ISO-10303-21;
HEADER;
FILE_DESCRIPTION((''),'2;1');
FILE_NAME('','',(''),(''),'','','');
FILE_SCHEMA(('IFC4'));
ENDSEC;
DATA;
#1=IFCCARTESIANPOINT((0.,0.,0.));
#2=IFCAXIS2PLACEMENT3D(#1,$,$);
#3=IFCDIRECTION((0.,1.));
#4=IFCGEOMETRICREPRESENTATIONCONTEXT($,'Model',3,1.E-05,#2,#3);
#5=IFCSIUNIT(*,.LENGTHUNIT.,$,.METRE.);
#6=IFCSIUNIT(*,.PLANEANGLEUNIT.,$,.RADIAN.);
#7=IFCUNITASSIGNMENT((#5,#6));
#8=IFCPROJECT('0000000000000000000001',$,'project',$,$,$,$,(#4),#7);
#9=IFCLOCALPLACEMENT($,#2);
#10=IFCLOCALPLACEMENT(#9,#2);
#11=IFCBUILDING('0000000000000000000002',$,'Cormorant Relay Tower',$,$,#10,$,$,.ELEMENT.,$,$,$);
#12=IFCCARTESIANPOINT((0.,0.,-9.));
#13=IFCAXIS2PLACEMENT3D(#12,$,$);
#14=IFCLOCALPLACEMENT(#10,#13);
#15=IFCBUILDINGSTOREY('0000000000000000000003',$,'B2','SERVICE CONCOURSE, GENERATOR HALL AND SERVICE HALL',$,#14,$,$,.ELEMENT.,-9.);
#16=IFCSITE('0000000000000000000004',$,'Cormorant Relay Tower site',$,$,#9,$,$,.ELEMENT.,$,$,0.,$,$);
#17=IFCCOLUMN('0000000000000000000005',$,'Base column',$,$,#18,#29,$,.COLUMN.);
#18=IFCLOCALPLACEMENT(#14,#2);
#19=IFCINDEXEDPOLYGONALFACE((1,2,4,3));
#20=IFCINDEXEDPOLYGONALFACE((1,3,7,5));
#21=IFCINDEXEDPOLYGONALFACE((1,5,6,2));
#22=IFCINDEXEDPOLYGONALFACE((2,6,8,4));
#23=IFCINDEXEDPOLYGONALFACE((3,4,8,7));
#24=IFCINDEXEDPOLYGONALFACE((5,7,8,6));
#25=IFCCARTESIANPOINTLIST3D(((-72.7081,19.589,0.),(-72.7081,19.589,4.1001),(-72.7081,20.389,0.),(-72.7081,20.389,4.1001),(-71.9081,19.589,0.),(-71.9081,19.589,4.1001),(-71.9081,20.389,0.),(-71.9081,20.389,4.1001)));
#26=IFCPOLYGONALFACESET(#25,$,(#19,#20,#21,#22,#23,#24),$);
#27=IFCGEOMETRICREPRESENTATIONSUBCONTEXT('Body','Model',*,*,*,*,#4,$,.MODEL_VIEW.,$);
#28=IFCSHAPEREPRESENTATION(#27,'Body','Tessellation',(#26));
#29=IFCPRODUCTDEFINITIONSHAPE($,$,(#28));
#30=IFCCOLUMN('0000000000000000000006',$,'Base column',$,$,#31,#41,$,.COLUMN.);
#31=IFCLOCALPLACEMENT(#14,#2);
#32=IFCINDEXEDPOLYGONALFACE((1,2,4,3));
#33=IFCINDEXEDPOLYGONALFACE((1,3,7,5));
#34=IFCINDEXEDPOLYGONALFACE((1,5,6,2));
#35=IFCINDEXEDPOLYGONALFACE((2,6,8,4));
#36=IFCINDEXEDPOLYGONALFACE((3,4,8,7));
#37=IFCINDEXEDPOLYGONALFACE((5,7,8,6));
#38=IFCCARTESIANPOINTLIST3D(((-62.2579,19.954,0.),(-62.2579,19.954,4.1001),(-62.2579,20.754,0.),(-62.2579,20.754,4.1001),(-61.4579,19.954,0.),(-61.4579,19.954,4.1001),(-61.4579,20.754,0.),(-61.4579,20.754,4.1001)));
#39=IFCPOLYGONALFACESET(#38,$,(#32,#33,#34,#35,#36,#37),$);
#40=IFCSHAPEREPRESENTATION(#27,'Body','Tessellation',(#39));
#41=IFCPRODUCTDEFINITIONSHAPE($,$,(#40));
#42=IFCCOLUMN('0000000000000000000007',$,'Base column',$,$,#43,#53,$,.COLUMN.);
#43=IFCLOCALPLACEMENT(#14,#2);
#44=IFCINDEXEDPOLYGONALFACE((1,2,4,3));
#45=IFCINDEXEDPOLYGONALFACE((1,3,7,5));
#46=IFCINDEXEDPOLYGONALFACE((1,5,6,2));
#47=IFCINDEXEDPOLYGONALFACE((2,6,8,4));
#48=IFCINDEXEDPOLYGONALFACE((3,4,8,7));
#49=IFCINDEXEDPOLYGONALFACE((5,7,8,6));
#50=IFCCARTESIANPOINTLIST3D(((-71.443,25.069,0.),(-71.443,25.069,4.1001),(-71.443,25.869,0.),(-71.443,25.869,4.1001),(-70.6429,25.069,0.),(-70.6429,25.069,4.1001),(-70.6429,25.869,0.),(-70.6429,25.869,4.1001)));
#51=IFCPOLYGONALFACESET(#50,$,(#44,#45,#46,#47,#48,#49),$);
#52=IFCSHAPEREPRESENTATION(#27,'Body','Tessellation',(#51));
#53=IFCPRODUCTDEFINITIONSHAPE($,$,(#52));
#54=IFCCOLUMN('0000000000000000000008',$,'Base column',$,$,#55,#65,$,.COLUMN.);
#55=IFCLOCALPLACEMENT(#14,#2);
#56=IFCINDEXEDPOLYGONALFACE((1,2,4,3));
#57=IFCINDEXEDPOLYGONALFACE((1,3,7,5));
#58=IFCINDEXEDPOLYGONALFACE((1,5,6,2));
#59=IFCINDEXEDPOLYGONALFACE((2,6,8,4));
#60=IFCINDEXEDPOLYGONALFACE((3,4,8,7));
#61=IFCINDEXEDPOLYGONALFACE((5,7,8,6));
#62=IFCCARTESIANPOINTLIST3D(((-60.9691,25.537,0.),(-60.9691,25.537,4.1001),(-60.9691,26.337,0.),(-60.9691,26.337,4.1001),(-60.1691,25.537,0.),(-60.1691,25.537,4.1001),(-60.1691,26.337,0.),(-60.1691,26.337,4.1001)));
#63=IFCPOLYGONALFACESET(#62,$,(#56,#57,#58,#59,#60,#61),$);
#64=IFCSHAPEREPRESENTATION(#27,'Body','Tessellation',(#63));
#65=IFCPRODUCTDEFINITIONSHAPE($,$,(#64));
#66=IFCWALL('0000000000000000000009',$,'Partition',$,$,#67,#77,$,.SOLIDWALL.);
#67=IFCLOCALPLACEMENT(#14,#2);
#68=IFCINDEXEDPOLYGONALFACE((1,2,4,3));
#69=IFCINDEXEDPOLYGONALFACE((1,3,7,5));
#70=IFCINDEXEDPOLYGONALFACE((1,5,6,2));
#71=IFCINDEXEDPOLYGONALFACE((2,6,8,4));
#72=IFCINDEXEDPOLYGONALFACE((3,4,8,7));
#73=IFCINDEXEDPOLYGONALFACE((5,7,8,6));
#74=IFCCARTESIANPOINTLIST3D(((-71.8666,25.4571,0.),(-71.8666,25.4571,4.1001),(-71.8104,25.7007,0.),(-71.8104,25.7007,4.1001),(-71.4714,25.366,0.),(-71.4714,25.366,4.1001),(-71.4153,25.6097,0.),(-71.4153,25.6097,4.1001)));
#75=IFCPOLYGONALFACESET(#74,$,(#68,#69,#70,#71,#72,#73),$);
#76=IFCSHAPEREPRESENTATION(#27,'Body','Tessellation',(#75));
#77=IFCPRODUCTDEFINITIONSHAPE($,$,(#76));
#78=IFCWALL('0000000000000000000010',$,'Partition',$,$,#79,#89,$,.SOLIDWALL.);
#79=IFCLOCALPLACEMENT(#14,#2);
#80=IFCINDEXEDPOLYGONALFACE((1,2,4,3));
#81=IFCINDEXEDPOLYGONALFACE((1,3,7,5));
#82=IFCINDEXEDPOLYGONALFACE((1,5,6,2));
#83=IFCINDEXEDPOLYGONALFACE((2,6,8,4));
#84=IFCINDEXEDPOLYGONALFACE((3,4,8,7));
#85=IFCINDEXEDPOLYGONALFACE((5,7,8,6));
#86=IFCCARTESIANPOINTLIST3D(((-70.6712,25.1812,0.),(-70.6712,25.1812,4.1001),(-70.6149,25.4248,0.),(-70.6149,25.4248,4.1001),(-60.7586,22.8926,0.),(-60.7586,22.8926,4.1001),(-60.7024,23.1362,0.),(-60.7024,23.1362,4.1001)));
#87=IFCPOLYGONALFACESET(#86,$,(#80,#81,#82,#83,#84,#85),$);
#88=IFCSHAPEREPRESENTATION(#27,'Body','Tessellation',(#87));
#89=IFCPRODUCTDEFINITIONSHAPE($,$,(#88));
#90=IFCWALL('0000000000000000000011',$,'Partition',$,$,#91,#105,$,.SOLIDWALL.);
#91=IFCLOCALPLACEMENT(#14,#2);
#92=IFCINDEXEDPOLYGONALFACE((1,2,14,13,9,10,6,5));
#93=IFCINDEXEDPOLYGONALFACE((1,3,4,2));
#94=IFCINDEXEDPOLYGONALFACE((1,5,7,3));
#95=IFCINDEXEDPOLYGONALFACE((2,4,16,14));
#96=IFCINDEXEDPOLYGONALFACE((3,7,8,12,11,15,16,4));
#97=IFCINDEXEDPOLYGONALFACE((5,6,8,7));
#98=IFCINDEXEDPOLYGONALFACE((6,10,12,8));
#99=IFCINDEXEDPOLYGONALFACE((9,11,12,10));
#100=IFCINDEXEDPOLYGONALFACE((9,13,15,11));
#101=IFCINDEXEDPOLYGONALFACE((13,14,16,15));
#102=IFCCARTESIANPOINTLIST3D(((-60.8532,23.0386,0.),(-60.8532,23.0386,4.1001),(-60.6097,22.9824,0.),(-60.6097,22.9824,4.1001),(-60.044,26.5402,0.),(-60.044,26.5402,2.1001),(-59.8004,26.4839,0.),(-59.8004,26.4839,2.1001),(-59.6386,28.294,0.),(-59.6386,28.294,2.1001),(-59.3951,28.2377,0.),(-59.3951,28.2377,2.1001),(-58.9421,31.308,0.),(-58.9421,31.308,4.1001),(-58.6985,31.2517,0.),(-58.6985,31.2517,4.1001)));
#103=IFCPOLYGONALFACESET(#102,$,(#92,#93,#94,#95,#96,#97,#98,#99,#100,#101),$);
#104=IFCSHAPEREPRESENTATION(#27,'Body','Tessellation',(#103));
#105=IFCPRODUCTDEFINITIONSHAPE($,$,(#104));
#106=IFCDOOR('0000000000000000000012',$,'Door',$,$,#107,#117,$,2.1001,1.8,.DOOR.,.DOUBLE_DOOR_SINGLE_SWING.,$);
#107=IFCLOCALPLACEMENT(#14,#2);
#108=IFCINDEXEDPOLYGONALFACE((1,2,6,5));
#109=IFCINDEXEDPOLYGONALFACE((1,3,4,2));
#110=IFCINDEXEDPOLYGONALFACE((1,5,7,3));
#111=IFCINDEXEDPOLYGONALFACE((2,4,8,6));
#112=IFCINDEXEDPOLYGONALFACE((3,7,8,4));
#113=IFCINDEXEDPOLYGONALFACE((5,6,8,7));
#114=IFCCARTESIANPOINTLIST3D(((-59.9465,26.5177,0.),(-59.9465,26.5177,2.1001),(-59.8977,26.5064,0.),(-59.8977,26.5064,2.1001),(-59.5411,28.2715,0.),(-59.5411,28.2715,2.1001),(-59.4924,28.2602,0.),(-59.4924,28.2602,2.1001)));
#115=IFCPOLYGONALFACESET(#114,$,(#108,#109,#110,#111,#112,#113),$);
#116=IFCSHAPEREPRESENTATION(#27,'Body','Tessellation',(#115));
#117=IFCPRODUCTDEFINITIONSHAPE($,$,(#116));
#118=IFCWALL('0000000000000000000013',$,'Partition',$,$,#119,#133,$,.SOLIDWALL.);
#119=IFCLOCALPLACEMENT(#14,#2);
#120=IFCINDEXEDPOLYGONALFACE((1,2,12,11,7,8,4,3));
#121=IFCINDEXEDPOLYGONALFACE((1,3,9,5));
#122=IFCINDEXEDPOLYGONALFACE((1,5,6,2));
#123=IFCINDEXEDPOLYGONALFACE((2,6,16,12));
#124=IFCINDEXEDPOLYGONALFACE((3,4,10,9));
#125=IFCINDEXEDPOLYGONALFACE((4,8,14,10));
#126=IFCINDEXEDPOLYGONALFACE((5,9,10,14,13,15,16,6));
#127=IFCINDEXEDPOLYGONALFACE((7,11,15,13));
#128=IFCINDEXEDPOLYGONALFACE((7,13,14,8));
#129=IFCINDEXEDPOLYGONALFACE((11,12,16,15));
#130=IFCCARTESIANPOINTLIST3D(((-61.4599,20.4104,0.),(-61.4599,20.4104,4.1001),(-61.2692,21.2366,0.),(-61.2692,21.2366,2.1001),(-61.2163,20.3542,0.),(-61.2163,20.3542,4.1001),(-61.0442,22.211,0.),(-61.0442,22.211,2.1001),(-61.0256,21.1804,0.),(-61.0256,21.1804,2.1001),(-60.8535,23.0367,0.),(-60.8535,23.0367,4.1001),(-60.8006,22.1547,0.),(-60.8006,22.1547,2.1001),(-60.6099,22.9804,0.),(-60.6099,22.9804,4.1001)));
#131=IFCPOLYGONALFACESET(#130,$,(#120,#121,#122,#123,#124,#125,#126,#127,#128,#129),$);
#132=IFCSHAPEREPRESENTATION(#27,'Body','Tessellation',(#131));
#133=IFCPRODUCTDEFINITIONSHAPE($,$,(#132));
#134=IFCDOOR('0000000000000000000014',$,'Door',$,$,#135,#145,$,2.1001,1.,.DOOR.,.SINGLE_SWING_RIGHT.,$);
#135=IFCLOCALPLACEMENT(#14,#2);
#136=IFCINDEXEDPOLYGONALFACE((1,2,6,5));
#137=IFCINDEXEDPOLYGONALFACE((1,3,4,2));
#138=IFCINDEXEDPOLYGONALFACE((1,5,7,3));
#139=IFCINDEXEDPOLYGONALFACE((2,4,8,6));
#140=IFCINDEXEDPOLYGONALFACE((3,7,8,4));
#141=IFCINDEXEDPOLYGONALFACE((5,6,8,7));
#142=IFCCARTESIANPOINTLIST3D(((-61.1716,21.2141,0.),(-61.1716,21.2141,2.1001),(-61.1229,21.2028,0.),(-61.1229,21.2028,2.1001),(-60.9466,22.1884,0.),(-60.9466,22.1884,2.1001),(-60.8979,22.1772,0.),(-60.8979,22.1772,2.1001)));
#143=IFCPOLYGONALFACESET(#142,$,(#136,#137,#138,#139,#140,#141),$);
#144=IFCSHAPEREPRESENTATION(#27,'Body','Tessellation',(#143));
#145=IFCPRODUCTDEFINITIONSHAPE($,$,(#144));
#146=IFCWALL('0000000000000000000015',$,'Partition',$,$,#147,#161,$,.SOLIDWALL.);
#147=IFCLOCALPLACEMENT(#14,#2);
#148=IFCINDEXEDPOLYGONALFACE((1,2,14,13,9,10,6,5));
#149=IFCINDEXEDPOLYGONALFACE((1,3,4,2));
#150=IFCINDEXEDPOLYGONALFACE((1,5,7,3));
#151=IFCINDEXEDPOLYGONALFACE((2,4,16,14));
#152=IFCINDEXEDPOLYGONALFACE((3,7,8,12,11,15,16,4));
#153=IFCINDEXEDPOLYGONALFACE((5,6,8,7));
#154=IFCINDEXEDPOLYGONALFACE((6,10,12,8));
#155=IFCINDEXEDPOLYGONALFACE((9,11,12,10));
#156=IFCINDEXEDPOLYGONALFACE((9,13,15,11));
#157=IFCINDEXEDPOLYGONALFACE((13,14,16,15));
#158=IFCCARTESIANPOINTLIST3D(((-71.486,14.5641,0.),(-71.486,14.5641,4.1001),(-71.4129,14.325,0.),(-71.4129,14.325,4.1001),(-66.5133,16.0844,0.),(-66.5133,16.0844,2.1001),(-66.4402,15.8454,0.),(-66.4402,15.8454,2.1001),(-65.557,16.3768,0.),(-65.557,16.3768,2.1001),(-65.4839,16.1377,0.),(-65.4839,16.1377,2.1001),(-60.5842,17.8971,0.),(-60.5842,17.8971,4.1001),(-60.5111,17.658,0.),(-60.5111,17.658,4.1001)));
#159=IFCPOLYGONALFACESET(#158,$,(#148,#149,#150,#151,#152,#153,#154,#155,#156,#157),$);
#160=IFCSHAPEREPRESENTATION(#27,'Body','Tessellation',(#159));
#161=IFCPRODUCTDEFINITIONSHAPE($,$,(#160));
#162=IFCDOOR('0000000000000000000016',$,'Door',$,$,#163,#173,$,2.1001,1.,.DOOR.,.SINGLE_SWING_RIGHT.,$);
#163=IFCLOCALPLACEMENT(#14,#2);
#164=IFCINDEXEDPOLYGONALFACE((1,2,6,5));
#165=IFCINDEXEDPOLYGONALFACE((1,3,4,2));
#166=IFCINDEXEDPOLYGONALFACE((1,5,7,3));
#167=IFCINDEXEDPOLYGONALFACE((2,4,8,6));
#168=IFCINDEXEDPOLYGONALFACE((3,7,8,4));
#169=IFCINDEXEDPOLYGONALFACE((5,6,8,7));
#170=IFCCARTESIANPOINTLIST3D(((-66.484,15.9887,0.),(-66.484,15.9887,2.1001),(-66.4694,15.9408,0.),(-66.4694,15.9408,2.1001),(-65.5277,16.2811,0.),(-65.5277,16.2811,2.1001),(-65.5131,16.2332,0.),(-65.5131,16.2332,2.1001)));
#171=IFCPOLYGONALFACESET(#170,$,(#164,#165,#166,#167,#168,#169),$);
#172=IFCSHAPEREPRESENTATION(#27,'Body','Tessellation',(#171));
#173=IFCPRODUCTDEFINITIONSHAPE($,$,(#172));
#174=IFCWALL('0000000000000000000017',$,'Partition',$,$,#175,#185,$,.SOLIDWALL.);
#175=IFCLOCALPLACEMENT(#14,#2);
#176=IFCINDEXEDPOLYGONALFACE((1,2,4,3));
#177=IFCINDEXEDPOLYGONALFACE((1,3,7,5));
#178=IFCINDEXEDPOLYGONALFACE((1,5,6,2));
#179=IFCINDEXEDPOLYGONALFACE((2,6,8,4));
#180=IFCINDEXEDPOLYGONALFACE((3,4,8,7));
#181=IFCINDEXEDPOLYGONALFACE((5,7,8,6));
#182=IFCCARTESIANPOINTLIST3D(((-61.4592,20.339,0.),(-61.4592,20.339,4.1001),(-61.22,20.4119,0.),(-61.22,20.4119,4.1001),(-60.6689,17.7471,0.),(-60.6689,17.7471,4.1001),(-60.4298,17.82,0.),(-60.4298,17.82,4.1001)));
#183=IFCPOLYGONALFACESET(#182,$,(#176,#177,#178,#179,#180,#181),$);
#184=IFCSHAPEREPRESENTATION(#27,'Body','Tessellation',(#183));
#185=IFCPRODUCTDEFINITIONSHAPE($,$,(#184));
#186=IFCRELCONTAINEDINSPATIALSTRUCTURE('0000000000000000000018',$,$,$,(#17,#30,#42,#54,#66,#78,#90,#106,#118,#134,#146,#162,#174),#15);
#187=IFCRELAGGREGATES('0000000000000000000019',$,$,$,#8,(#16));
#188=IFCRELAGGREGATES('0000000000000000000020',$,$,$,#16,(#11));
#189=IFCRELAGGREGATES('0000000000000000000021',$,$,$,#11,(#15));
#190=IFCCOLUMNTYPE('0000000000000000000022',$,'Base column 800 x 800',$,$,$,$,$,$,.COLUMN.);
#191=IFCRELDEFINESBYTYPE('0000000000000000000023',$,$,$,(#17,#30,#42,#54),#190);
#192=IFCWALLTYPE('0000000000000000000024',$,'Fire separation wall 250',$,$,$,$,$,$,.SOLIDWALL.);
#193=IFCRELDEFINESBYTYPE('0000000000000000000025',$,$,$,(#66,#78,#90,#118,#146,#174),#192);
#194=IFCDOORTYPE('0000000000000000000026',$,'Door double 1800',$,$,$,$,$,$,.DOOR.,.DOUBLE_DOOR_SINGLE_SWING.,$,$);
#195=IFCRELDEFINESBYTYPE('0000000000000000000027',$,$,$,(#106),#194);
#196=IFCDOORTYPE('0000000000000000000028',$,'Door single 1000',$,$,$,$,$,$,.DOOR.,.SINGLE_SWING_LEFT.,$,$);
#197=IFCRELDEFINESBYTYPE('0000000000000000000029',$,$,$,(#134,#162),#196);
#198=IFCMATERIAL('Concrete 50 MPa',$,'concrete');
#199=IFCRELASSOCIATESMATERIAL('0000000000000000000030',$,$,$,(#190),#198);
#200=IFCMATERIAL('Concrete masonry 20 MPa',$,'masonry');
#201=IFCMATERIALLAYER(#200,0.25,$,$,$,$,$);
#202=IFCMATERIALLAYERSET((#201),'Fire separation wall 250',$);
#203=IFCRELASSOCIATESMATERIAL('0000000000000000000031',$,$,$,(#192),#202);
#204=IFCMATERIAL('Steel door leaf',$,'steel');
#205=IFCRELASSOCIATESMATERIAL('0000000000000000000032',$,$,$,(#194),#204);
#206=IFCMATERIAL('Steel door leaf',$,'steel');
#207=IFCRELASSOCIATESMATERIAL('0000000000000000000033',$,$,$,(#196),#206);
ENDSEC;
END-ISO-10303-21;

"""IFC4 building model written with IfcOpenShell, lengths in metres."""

from ifc_helpers import new_model, si_unit, direction, frame, frame_2d, origin, origin_2d, place, context, subcontext, project, spatial, rectangle, extrude, material, layer, layer_set, material_profile, profile_set, type_object, element, fill, save


model = new_model("IFC4")

# Units and contexts
model_context = context("Model", 3, precision=1e-05, world=origin(), true_north=direction((0.0, 1.0)))
body_context = subcontext(model_context, "Body", "Model", "MODEL_VIEW")
ifc_project = project(units=[si_unit("LENGTHUNIT", "METRE"), si_unit("PLANEANGLEUNIT", "RADIAN")], contexts=[model_context])

# Site, building, storey
site_placement = place(None, origin())
site = spatial("IfcSite", under=ifc_project, at=site_placement, Name="Cormorant Relay Tower site", CompositionType="ELEMENT", RefElevation=0.0)
building_placement = place(site_placement, origin())
building = spatial("IfcBuilding", under=site, at=building_placement, Name="Cormorant Relay Tower", CompositionType="ELEMENT")
storey_placement = place(building_placement, frame((0.0, 0.0, -9.0)))
storey = spatial("IfcBuildingStorey", under=building, at=storey_placement, Name="B2", Description="SERVICE CONCOURSE, GENERATOR HALL AND SERVICE HALL", CompositionType="ELEMENT", Elevation=-9.0)

# Columns
ifc_material_1 = material(Name="Concrete 50 MPa", Category="concrete")
ifc_material_profile = material_profile(ifc_material_1, rectangle(XDim=0.8, YDim=0.8, at=origin_2d()), Name="RC 800x800")
ifc_profile_set = profile_set([ifc_material_profile], Name="Concrete 50 MPa")
column_type = type_object("IfcColumnType", Name="Base column 800 x 800", PredefinedType="COLUMN", material=ifc_profile_set)
for number, where, z_axis, x_axis, name in (
    (1, (-72.3081, 19.989, 0.0), (0.0, 0.0, 1.0), (1.0, 0.0, 0.0), "Base column"),
    (2, (-61.8579, 20.354, 0.0), (0.0, 0.0, 1.0), (1.0, 0.0, 0.0), "Base column"),
    (3, (-71.043, 25.469, 0.0), (0.0, 0.0, 1.0), (1.0, 0.0, 0.0), "Base column"),
    (4, (-60.5691, 25.937, 0.0), (0.0, 0.0, 1.0), (1.0, 0.0, 0.0), "Base column"),
):
    element("IfcColumn", number, at=place(storey_placement, frame(where, z_axis=z_axis, x_axis=x_axis)), inside=storey, type_object=column_type, Name=name, PredefinedType="COLUMN", context=body_context, shape_type="SweptSolid", body=[
        extrude(rectangle(XDim=0.8, YDim=0.8, at=origin_2d()), origin(), (0.0, 0.0, 1.0), 4.1001),
    ])

# Walls
ifc_material_2 = material(Name="Concrete masonry 20 MPa", Category="masonry")
ifc_layer_1 = layer(ifc_material_2, 0.25)
ifc_layer_set_1 = layer_set([ifc_layer_1], Name="Fire separation wall 250")
wall_type_1 = type_object("IfcWallType", Name="Fire separation wall 250", PredefinedType="SOLIDWALL", material=ifc_layer_set_1)
wall_1_placement = place(storey_placement, frame((-71.8384, 25.5789, 0.0), z_axis=(0.0, 0.0, 1.0), x_axis=(0.974472, -0.224508, 0.0)))
element("IfcWall", 5, at=wall_1_placement, inside=storey, type_object=wall_type_1, Name="Partition", PredefinedType="SOLIDWALL", context=body_context, shape_type="SweptSolid", body=[
    extrude(rectangle(XDim=0.4055, YDim=0.25, at=frame_2d((0.2026, 0.0))), origin(), (0.0, 0.0, 1.0), 4.1001),
])
wall_2_placement = place(storey_placement, frame((-70.6431, 25.303, 0.0), z_axis=(0.0, 0.0, 1.0), x_axis=(0.974369, -0.224958, 0.0)))
element("IfcWall", 6, at=wall_2_placement, inside=storey, type_object=wall_type_1, Name="Partition", PredefinedType="SOLIDWALL", context=body_context, shape_type="SweptSolid", body=[
    extrude(rectangle(XDim=10.1733, YDim=0.25, at=frame_2d((5.0867, 0.0))), origin(), (0.0, 0.0, 1.0), 4.1001),
])

# Walls, openings, doors
wall_3_placement = place(storey_placement, frame((-60.7314, 23.0105, 0.0), z_axis=(0.0, 0.0, 1.0), x_axis=(0.225177, 0.974318, 0.0)))
wall_3 = element("IfcWall", 7, at=wall_3_placement, inside=storey, type_object=wall_type_1, Name="Partition", PredefinedType="SOLIDWALL", context=body_context, shape_type="SweptSolid", body=[
    extrude(rectangle(XDim=8.4873, YDim=0.25, at=frame_2d((4.2437, 0.0))), origin(), (0.0, 0.0, 1.0), 4.1001),
])
opening_1_placement = place(wall_3_placement, frame((3.594, 0.0, 0.0)))
opening_1 = element("IfcOpeningElement", 8, at=opening_1_placement, cuts=wall_3, PredefinedType="OPENING", context=body_context, shape_type="SweptSolid", body=[
    extrude(rectangle(XDim=1.8, YDim=2.1001, at=frame_2d((0.8999, 1.05))), frame((0.0, 0.135, 0.0), z_axis=(0.0, -1.0, 0.0), x_axis=(1.0, 0.0, 0.0)), (0.0, 0.0, 1.0), 0.27),
])
ifc_material_3 = material(Name="Steel door leaf", Category="steel")
door_type_1 = type_object("IfcDoorType", Name="Door double 1800", OperationType="DOUBLE_DOOR_SINGLE_SWING", PredefinedType="DOOR", material=ifc_material_3)
door_1_placement = place(opening_1_placement, origin())
door_1 = element("IfcDoor", 9, at=door_1_placement, inside=storey, type_object=door_type_1, Name="Door", OperationType="DOUBLE_DOOR_SINGLE_SWING", OverallHeight=2.1001, OverallWidth=1.8, PredefinedType="DOOR", context=body_context, shape_type="SweptSolid", body=[
    extrude(rectangle(XDim=1.8, YDim=2.1001, at=frame_2d((0.8999, 1.05))), frame((0.0, 0.0249, 0.0), z_axis=(0.0, -1.0, 0.0), x_axis=(1.0, 0.0, 0.0)), (0.0, 0.0, 1.0), 0.05),
])
fill(opening_1, door_1)
wall_4_placement = place(storey_placement, frame((-61.3381, 20.3823, 0.0), z_axis=(0.0, 0.0, 1.0), x_axis=(0.224998, 0.974359, 0.0)))
wall_4 = element("IfcWall", 10, at=wall_4_placement, inside=storey, type_object=wall_type_1, Name="Partition", PredefinedType="SOLIDWALL", context=body_context, shape_type="SweptSolid", body=[
    extrude(rectangle(XDim=2.6953, YDim=0.25, at=frame_2d((1.3477, 0.0))), origin(), (0.0, 0.0, 1.0), 4.1001),
])
opening_2_placement = place(wall_4_placement, frame((0.8479, 0.0, 0.0)))
opening_2 = element("IfcOpeningElement", 11, at=opening_2_placement, cuts=wall_4, PredefinedType="OPENING", context=body_context, shape_type="SweptSolid", body=[
    extrude(rectangle(XDim=1.0, YDim=2.1001, at=frame_2d((0.5, 1.05))), frame((0.0, 0.135, 0.0), z_axis=(0.0, -1.0, 0.0), x_axis=(1.0, 0.0, 0.0)), (0.0, 0.0, 1.0), 0.27),
])
ifc_material_4 = material(Name="Steel door leaf", Category="steel")
door_type_2 = type_object("IfcDoorType", Name="Door single 1000", OperationType="SINGLE_SWING_LEFT", PredefinedType="DOOR", material=ifc_material_4)
door_2_placement = place(opening_2_placement, origin())
door_2 = element("IfcDoor", 12, at=door_2_placement, inside=storey, type_object=door_type_2, Name="Door", OperationType="SINGLE_SWING_RIGHT", OverallHeight=2.1001, OverallWidth=1.0, PredefinedType="DOOR", context=body_context, shape_type="SweptSolid", body=[
    extrude(rectangle(XDim=1.0, YDim=2.1001, at=frame_2d((0.5, 1.05))), frame((0.0, 0.0249, 0.0), z_axis=(0.0, -1.0, 0.0), x_axis=(1.0, 0.0, 0.0)), (0.0, 0.0, 1.0), 0.05),
])
fill(opening_2, door_2)
wall_5_placement = place(storey_placement, frame((-71.4495, 14.4446, 0.0), z_axis=(0.0, 0.0, 1.0), x_axis=(0.956305, 0.29237, 0.0)))
wall_5 = element("IfcWall", 13, at=wall_5_placement, inside=storey, type_object=wall_type_1, Name="Partition", PredefinedType="SOLIDWALL", context=body_context, shape_type="SweptSolid", body=[
    extrude(rectangle(XDim=11.3999, YDim=0.25, at=frame_2d((5.7, 0.0))), origin(), (0.0, 0.0, 1.0), 4.1001),
])
opening_3_placement = place(wall_5_placement, frame((5.2, 0.0, 0.0)))
opening_3 = element("IfcOpeningElement", 14, at=opening_3_placement, cuts=wall_5, PredefinedType="OPENING", context=body_context, shape_type="SweptSolid", body=[
    extrude(rectangle(XDim=1.0, YDim=2.1001, at=frame_2d((0.5, 1.05))), frame((0.0, 0.135, 0.0), z_axis=(0.0, -1.0, 0.0), x_axis=(1.0, 0.0, 0.0)), (0.0, 0.0, 1.0), 0.27),
])
door_3_placement = place(opening_3_placement, origin())
door_3 = element("IfcDoor", 15, at=door_3_placement, inside=storey, type_object=door_type_2, Name="Door", OperationType="SINGLE_SWING_RIGHT", OverallHeight=2.1001, OverallWidth=1.0, PredefinedType="DOOR", context=body_context, shape_type="SweptSolid", body=[
    extrude(rectangle(XDim=1.0, YDim=2.1001, at=frame_2d((0.5, 1.05))), frame((0.0, 0.0249, 0.0), z_axis=(0.0, -1.0, 0.0), x_axis=(1.0, 0.0, 0.0)), (0.0, 0.0, 1.0), 0.05),
])
fill(opening_3, door_3)

# Wall
wall_6_placement = place(storey_placement, frame((-60.5493, 17.7834, 0.0), z_axis=(0.0, 0.0, 1.0), x_axis=(-0.291635, 0.95653, 0.0)))
element("IfcWall", 16, at=wall_6_placement, inside=storey, type_object=wall_type_1, Name="Partition", PredefinedType="SOLIDWALL", context=body_context, shape_type="SweptSolid", body=[
    extrude(rectangle(XDim=2.7097, YDim=0.25, at=frame_2d((1.355, 0.0))), origin(), (0.0, 0.0, 1.0), 4.1001),
])

save(model, "model.ifc")
